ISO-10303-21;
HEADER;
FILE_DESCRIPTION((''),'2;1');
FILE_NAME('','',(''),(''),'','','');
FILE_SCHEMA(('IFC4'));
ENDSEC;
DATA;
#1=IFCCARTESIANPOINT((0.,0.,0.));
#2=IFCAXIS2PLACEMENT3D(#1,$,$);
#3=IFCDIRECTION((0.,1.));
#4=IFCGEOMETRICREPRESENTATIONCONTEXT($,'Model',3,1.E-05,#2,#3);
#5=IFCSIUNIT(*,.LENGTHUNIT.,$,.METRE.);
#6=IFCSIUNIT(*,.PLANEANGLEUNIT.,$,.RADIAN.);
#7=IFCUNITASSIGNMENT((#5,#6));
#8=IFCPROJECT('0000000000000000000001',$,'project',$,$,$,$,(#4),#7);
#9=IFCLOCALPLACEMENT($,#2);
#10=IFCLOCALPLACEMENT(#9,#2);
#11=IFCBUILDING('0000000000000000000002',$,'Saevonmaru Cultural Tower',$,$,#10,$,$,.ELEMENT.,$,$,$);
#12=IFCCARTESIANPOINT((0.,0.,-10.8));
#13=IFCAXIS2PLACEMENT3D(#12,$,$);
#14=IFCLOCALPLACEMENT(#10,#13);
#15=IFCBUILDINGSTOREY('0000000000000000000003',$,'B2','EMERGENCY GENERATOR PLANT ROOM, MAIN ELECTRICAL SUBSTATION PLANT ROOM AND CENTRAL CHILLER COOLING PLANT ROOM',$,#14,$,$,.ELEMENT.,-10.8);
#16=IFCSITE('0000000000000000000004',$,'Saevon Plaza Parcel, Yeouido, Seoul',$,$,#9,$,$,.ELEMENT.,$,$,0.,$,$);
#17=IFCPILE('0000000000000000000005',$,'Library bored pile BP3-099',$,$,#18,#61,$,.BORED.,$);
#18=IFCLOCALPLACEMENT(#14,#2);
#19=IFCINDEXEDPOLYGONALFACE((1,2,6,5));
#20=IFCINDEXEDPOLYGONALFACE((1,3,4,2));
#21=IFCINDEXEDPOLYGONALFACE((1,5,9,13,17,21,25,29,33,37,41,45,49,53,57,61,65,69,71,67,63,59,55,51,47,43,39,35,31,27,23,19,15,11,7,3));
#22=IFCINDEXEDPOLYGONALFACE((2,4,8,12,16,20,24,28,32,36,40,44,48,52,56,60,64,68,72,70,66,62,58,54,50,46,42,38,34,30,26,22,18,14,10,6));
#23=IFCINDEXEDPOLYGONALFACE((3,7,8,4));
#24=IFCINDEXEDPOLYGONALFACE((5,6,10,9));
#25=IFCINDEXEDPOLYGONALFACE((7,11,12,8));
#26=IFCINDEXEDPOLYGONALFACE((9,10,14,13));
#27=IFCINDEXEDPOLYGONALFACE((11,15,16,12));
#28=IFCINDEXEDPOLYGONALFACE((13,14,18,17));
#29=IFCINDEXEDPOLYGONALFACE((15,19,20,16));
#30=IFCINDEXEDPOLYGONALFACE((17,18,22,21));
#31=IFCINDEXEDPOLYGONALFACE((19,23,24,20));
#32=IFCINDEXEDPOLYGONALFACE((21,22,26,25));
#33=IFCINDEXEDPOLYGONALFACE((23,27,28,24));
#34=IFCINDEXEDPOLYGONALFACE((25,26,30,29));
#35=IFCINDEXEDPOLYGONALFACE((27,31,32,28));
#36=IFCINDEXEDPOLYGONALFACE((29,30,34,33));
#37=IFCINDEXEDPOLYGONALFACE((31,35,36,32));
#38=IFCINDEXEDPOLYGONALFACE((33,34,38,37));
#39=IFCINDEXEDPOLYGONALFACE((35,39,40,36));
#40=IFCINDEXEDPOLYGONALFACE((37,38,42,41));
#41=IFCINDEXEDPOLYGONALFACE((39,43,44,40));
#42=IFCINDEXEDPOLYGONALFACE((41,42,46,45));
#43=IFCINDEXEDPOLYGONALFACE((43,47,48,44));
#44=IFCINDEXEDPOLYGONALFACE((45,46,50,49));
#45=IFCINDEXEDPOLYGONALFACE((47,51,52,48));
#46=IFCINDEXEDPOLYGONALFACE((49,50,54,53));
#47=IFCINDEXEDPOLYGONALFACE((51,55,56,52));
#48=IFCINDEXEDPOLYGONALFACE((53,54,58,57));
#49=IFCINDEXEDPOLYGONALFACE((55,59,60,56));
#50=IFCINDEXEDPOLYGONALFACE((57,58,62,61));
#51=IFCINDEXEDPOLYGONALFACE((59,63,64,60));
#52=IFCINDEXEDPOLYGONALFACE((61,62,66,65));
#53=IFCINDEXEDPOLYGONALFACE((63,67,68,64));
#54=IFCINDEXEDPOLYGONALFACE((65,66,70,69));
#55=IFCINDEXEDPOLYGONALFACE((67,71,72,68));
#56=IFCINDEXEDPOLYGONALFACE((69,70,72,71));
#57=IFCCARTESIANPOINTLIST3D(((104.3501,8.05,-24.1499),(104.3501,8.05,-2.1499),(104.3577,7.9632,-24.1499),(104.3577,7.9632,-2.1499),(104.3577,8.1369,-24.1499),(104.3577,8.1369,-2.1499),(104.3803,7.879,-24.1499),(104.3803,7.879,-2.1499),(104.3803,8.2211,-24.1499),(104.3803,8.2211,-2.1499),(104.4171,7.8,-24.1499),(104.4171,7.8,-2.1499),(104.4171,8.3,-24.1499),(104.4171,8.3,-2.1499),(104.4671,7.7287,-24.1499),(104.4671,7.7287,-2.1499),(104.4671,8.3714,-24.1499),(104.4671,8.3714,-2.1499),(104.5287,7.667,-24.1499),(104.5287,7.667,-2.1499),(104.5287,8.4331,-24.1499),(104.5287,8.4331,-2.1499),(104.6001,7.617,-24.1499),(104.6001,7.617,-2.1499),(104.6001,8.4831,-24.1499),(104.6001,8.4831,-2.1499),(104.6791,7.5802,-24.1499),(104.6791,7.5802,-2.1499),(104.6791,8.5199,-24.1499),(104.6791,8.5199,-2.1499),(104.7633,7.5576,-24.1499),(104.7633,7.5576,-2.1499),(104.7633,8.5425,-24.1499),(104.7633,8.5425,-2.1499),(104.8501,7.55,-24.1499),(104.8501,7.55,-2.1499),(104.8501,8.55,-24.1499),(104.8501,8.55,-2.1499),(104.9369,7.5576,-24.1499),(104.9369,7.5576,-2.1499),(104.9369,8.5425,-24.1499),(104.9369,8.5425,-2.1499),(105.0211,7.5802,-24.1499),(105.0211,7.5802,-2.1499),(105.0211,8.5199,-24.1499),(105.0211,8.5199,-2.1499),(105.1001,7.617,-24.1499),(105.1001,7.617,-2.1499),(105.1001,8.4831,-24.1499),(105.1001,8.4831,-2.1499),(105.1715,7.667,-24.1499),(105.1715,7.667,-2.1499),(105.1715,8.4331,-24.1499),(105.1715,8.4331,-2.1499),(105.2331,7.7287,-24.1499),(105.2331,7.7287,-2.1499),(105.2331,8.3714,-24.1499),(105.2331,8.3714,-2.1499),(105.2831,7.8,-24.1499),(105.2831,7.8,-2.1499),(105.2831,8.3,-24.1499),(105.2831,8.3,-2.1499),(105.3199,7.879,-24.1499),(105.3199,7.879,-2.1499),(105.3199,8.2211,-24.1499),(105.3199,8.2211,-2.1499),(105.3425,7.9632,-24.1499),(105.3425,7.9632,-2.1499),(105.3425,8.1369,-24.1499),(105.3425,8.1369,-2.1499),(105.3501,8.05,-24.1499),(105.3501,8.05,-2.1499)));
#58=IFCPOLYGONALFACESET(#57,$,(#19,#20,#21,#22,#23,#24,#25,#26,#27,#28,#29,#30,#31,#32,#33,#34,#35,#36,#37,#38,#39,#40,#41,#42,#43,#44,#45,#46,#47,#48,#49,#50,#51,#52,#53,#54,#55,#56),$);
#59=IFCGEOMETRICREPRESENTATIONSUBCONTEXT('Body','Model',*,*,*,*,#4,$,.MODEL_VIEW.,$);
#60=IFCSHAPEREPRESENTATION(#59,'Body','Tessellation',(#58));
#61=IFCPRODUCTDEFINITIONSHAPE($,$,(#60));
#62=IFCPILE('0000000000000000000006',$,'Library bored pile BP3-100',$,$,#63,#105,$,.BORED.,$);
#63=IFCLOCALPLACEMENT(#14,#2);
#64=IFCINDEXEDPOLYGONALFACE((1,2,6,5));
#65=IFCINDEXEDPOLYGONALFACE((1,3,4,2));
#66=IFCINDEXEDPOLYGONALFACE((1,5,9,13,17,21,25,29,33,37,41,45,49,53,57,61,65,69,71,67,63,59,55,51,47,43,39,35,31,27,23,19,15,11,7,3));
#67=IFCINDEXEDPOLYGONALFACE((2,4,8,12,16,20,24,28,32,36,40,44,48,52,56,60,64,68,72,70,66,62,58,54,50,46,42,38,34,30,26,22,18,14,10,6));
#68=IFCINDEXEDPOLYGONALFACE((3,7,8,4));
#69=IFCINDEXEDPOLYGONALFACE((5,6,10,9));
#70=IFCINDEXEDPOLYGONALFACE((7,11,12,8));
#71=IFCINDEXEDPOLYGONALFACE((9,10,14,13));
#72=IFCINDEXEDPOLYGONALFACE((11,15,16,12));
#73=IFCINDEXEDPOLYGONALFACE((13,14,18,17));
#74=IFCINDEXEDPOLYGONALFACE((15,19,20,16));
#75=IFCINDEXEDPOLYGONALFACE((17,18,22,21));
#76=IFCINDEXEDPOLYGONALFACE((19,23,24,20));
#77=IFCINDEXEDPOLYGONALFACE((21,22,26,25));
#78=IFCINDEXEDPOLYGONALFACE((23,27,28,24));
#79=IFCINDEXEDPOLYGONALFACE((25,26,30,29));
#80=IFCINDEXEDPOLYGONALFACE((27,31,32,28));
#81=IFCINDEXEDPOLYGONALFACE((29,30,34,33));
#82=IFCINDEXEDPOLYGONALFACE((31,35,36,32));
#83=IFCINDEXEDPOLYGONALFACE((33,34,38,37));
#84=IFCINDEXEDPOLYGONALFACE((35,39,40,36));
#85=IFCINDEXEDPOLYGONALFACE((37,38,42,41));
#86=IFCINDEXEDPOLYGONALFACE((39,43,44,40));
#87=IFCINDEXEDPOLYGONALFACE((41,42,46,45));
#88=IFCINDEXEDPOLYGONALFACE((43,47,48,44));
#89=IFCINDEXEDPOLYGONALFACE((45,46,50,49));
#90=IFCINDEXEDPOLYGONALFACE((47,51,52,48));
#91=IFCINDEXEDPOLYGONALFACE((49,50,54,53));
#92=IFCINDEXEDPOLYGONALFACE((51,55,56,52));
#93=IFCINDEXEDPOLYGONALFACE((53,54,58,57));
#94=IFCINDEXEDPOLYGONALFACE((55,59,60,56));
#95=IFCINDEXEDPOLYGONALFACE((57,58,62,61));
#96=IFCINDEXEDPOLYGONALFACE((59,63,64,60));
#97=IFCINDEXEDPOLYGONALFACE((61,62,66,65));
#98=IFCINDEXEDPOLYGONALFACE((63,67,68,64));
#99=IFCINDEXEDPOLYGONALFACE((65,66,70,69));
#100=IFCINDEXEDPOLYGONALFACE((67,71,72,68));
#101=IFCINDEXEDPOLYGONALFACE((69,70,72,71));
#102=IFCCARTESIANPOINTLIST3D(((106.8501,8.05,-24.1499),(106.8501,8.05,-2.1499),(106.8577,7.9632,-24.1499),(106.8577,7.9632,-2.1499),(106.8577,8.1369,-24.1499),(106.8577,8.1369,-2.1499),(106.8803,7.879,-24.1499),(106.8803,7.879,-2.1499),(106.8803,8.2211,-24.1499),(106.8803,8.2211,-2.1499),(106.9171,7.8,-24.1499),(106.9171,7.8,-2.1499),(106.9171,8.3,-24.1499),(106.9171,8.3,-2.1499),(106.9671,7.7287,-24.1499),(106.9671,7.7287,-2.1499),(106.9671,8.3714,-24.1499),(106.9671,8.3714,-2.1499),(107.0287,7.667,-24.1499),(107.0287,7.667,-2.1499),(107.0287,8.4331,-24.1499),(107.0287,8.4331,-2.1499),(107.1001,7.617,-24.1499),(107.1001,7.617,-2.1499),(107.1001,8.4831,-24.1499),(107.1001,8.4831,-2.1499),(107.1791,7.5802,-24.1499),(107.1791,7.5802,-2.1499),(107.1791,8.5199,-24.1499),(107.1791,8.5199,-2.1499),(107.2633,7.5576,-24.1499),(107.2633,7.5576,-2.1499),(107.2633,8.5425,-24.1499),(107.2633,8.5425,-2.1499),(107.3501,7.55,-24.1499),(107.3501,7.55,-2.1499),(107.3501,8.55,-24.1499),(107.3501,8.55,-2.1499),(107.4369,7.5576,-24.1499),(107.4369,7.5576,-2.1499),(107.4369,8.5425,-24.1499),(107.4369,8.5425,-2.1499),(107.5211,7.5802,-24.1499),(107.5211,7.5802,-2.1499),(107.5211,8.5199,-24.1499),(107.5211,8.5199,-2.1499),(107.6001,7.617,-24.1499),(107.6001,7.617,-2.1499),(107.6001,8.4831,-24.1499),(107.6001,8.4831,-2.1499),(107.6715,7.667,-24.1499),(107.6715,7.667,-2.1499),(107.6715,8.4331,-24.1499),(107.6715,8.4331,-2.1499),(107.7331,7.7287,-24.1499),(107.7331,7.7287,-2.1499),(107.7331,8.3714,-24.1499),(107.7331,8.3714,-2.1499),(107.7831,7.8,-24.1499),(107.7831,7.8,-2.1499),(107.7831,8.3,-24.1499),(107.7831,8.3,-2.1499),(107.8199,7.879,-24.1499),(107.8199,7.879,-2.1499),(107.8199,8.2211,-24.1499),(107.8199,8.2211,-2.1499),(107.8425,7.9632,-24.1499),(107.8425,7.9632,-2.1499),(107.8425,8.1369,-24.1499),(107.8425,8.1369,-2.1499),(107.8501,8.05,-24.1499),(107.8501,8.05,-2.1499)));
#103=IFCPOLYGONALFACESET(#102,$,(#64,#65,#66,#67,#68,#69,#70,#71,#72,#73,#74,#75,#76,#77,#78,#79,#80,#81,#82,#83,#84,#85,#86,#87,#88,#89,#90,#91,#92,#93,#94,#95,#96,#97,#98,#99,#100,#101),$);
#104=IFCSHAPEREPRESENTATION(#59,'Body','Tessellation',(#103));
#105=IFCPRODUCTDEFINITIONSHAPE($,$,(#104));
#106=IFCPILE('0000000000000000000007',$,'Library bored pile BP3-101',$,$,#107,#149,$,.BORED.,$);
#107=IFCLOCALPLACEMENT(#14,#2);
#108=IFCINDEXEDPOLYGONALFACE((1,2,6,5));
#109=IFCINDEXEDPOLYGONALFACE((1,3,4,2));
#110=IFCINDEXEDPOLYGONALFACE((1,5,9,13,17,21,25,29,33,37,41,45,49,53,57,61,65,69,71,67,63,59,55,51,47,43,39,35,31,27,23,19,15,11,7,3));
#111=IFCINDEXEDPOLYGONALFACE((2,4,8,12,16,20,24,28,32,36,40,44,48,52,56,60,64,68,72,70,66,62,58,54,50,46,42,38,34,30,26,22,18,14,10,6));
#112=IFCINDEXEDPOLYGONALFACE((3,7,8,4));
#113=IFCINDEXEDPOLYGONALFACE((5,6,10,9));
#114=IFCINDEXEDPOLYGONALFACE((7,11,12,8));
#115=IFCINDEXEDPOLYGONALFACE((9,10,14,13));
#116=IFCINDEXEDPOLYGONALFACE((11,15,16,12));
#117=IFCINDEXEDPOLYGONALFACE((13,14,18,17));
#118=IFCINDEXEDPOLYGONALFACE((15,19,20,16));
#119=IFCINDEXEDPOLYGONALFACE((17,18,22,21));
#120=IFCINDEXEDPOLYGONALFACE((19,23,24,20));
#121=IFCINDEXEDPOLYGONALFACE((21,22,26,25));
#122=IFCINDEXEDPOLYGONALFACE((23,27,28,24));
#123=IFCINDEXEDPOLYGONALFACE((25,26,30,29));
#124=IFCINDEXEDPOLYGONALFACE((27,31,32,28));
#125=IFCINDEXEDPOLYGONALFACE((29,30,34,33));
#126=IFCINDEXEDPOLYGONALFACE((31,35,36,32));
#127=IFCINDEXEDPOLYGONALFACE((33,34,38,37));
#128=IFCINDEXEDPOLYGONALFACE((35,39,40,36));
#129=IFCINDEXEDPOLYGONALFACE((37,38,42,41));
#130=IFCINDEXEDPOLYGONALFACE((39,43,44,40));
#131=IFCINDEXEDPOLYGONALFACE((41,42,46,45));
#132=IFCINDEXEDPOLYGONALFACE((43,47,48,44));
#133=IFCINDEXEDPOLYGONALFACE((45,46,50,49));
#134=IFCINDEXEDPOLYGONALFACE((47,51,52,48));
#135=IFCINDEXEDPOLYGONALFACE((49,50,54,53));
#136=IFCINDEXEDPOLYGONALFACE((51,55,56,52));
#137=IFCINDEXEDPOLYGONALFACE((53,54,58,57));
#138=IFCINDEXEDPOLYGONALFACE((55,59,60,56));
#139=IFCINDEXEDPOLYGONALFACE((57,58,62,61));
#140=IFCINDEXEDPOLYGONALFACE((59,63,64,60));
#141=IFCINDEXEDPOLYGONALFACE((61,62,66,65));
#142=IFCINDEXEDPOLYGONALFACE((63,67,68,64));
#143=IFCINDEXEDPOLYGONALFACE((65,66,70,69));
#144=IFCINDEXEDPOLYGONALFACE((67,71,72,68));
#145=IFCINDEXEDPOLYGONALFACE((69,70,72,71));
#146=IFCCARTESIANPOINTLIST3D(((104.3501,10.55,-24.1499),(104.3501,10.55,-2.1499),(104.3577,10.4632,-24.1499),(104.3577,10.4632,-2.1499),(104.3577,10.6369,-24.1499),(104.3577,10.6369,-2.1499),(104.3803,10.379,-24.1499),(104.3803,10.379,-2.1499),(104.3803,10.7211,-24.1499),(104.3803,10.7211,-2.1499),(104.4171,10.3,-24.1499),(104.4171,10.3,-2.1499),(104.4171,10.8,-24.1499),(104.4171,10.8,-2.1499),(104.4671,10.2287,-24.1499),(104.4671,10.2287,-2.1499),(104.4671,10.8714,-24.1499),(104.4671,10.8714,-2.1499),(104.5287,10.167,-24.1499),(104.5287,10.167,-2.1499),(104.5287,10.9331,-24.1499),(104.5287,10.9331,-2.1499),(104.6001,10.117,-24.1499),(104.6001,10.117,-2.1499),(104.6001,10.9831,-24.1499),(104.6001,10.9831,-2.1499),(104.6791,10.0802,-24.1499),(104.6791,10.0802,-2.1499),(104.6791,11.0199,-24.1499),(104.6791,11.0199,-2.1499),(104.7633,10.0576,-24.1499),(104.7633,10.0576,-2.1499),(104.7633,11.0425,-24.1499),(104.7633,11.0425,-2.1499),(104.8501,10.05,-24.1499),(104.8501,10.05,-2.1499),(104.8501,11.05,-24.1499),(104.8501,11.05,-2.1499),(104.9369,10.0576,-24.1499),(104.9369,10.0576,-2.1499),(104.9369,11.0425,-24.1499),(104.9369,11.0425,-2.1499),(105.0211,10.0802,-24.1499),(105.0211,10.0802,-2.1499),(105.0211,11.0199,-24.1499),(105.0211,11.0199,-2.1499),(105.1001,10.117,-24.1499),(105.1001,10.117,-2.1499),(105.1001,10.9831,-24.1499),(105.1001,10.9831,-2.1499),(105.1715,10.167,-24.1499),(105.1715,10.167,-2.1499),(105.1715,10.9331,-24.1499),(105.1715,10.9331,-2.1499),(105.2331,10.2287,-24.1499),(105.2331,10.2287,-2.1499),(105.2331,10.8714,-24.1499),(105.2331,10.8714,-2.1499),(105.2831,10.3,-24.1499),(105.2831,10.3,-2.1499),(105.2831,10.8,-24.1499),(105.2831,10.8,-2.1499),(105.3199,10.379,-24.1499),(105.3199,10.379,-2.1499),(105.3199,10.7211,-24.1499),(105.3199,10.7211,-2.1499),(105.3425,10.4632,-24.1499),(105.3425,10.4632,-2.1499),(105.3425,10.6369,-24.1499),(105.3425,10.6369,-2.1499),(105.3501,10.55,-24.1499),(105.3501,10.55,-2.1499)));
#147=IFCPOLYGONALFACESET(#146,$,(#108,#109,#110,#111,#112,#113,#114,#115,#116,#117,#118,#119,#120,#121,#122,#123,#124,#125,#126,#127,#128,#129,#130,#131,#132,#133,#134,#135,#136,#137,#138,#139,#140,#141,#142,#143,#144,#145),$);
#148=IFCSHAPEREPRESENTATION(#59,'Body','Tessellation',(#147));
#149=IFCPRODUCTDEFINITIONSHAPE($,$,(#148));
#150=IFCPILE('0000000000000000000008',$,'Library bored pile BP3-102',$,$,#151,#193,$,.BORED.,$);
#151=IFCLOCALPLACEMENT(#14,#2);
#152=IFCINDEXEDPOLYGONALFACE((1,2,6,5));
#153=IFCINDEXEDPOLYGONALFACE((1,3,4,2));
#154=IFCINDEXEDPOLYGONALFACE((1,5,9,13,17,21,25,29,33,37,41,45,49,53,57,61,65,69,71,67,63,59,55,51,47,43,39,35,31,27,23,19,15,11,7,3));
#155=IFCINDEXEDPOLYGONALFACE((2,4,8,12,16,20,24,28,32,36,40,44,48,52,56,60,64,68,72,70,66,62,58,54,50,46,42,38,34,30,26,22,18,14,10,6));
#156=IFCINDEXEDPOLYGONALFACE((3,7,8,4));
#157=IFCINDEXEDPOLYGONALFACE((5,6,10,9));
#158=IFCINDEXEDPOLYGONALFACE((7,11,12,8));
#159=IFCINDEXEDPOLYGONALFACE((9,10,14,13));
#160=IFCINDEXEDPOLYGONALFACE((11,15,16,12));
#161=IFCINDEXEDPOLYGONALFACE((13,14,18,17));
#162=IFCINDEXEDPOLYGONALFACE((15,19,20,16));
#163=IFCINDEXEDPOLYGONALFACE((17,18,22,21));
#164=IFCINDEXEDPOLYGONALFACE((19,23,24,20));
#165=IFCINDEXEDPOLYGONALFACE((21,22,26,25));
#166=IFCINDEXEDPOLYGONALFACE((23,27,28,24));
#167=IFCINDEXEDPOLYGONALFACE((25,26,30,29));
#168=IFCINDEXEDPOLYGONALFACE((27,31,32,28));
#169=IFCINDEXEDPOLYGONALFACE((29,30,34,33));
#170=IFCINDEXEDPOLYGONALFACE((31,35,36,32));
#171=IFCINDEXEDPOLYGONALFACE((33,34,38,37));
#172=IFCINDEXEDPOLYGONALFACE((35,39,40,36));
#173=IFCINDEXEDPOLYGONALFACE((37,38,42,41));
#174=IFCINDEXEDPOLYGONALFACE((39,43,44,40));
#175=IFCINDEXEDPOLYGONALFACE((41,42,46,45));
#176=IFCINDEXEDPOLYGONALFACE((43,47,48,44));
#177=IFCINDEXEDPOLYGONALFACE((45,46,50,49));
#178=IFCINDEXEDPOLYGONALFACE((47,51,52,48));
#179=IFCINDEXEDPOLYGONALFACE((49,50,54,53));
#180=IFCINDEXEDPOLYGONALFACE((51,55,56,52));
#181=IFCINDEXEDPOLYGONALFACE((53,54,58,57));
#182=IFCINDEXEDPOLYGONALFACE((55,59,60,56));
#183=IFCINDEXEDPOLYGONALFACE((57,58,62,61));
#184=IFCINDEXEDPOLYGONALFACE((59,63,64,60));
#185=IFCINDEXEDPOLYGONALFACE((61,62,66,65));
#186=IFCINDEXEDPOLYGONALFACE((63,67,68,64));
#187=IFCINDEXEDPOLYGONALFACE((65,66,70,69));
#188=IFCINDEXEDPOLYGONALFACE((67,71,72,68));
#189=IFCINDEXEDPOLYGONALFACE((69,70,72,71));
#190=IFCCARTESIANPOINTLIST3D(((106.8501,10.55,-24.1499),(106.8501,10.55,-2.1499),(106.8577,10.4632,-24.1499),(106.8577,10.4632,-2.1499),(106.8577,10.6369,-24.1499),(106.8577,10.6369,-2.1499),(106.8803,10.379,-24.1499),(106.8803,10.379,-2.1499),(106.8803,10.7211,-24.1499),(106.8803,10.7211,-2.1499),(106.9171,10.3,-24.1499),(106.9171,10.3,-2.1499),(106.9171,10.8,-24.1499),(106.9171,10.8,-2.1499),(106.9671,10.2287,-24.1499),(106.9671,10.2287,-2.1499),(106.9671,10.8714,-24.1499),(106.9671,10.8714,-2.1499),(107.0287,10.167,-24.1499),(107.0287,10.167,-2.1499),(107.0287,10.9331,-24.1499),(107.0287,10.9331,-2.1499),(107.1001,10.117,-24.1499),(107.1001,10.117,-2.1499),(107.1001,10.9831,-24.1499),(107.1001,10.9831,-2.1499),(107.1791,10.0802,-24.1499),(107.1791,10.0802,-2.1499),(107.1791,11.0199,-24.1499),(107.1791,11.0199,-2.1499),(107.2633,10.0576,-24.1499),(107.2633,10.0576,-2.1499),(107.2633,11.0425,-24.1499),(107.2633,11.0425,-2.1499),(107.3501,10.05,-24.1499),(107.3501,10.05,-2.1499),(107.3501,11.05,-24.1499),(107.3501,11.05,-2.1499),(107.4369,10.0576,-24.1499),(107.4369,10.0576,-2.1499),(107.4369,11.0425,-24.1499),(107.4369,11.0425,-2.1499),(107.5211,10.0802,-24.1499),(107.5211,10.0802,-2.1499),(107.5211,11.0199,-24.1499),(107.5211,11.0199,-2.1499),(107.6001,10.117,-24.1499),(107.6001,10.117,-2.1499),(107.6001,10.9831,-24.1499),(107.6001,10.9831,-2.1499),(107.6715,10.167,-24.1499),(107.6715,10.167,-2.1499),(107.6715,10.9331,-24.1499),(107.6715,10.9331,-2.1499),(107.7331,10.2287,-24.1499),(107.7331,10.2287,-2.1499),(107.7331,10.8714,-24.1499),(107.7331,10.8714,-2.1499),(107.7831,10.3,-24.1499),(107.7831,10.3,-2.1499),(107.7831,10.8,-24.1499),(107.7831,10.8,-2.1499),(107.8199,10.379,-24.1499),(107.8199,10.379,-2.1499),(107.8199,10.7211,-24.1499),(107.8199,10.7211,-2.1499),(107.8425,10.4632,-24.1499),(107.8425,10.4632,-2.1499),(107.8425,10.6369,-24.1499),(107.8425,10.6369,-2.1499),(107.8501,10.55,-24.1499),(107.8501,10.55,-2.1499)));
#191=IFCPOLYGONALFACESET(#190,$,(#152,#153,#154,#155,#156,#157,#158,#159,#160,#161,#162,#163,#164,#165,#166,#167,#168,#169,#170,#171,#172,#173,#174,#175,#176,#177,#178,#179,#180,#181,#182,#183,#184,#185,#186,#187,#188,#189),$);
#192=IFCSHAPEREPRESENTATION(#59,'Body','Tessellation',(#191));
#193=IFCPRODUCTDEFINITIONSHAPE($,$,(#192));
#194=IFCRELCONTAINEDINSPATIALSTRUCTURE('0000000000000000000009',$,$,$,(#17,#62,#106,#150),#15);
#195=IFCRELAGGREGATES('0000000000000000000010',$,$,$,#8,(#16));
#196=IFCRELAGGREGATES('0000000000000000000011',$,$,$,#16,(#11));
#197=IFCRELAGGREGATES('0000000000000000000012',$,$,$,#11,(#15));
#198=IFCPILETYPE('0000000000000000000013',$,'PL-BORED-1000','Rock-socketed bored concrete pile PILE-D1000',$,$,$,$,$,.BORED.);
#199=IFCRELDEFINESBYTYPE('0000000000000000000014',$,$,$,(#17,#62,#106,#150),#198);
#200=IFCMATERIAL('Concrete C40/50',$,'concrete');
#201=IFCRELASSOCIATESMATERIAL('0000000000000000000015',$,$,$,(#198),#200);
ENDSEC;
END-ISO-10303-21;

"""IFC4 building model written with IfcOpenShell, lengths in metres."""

from ifc_helpers import new_model, si_unit, direction, frame, origin, origin_2d, place, context, subcontext, project, spatial, circle, extrude, material, material_profile, profile_set, type_object, element, save


model = new_model("IFC4")

# Units and contexts
model_context = context("Model", 3, precision=1e-05, world=origin(), true_north=direction((0.0, 1.0)))
body_context = subcontext(model_context, "Body", "Model", "MODEL_VIEW")
ifc_project = project(units=[si_unit("LENGTHUNIT", "METRE"), si_unit("PLANEANGLEUNIT", "RADIAN")], contexts=[model_context])

# Site, building, storey
site_placement = place(None, origin())
site = spatial("IfcSite", under=ifc_project, at=site_placement, Name="Saevon Plaza Parcel, Yeouido, Seoul", CompositionType="ELEMENT", RefElevation=0.0)
building_placement = place(site_placement, origin())
building = spatial("IfcBuilding", under=site, at=building_placement, Name="Saevonmaru Cultural Tower", CompositionType="ELEMENT")
storey_placement = place(building_placement, frame((0.0, 0.0, -10.8)))
storey = spatial("IfcBuildingStorey", under=building, at=storey_placement, Name="B2", Description="EMERGENCY GENERATOR PLANT ROOM, MAIN ELECTRICAL SUBSTATION PLANT ROOM AND CENTRAL CHILLER COOLING PLANT ROOM", CompositionType="ELEMENT", Elevation=-10.8)

# Piles
ifc_material_1 = material(Name="Concrete C40/50", Category="concrete")
ifc_material_profile_1 = material_profile(ifc_material_1, circle(Radius=0.5, at=origin_2d()), Name="PILE-D1000")
ifc_profile_set_1 = profile_set([ifc_material_profile_1], Name="Concrete C40/50")
pile_type = type_object("IfcPileType", Name="PL-BORED-1000", Description="Rock-socketed bored concrete pile PILE-D1000", PredefinedType="BORED", material=ifc_profile_set_1)
for number, where, z_axis, x_axis, name in (
    (1, (104.8501, 8.05, -2.1499), (0.0, 0.0, -1.0), (1.0, 0.0, 0.0), "Library bored pile BP3-099"),
    (2, (107.3501, 8.05, -2.1499), (0.0, 0.0, -1.0), (1.0, 0.0, 0.0), "Library bored pile BP3-100"),
    (3, (104.8501, 10.55, -2.1499), (0.0, 0.0, -1.0), (1.0, 0.0, 0.0), "Library bored pile BP3-101"),
    (4, (107.3501, 10.55, -2.1499), (0.0, 0.0, -1.0), (1.0, 0.0, 0.0), "Library bored pile BP3-102"),
):
    element("IfcPile", number, at=place(storey_placement, frame(where, z_axis=z_axis, x_axis=x_axis)), inside=storey, type_object=pile_type, Name=name, PredefinedType="BORED", context=body_context, shape_type="SweptSolid", body=[
        extrude(circle(Radius=0.5, at=origin_2d()), origin(), (0.0, 0.0, 1.0), 22.0),
    ])

save(model, "model.ifc")
